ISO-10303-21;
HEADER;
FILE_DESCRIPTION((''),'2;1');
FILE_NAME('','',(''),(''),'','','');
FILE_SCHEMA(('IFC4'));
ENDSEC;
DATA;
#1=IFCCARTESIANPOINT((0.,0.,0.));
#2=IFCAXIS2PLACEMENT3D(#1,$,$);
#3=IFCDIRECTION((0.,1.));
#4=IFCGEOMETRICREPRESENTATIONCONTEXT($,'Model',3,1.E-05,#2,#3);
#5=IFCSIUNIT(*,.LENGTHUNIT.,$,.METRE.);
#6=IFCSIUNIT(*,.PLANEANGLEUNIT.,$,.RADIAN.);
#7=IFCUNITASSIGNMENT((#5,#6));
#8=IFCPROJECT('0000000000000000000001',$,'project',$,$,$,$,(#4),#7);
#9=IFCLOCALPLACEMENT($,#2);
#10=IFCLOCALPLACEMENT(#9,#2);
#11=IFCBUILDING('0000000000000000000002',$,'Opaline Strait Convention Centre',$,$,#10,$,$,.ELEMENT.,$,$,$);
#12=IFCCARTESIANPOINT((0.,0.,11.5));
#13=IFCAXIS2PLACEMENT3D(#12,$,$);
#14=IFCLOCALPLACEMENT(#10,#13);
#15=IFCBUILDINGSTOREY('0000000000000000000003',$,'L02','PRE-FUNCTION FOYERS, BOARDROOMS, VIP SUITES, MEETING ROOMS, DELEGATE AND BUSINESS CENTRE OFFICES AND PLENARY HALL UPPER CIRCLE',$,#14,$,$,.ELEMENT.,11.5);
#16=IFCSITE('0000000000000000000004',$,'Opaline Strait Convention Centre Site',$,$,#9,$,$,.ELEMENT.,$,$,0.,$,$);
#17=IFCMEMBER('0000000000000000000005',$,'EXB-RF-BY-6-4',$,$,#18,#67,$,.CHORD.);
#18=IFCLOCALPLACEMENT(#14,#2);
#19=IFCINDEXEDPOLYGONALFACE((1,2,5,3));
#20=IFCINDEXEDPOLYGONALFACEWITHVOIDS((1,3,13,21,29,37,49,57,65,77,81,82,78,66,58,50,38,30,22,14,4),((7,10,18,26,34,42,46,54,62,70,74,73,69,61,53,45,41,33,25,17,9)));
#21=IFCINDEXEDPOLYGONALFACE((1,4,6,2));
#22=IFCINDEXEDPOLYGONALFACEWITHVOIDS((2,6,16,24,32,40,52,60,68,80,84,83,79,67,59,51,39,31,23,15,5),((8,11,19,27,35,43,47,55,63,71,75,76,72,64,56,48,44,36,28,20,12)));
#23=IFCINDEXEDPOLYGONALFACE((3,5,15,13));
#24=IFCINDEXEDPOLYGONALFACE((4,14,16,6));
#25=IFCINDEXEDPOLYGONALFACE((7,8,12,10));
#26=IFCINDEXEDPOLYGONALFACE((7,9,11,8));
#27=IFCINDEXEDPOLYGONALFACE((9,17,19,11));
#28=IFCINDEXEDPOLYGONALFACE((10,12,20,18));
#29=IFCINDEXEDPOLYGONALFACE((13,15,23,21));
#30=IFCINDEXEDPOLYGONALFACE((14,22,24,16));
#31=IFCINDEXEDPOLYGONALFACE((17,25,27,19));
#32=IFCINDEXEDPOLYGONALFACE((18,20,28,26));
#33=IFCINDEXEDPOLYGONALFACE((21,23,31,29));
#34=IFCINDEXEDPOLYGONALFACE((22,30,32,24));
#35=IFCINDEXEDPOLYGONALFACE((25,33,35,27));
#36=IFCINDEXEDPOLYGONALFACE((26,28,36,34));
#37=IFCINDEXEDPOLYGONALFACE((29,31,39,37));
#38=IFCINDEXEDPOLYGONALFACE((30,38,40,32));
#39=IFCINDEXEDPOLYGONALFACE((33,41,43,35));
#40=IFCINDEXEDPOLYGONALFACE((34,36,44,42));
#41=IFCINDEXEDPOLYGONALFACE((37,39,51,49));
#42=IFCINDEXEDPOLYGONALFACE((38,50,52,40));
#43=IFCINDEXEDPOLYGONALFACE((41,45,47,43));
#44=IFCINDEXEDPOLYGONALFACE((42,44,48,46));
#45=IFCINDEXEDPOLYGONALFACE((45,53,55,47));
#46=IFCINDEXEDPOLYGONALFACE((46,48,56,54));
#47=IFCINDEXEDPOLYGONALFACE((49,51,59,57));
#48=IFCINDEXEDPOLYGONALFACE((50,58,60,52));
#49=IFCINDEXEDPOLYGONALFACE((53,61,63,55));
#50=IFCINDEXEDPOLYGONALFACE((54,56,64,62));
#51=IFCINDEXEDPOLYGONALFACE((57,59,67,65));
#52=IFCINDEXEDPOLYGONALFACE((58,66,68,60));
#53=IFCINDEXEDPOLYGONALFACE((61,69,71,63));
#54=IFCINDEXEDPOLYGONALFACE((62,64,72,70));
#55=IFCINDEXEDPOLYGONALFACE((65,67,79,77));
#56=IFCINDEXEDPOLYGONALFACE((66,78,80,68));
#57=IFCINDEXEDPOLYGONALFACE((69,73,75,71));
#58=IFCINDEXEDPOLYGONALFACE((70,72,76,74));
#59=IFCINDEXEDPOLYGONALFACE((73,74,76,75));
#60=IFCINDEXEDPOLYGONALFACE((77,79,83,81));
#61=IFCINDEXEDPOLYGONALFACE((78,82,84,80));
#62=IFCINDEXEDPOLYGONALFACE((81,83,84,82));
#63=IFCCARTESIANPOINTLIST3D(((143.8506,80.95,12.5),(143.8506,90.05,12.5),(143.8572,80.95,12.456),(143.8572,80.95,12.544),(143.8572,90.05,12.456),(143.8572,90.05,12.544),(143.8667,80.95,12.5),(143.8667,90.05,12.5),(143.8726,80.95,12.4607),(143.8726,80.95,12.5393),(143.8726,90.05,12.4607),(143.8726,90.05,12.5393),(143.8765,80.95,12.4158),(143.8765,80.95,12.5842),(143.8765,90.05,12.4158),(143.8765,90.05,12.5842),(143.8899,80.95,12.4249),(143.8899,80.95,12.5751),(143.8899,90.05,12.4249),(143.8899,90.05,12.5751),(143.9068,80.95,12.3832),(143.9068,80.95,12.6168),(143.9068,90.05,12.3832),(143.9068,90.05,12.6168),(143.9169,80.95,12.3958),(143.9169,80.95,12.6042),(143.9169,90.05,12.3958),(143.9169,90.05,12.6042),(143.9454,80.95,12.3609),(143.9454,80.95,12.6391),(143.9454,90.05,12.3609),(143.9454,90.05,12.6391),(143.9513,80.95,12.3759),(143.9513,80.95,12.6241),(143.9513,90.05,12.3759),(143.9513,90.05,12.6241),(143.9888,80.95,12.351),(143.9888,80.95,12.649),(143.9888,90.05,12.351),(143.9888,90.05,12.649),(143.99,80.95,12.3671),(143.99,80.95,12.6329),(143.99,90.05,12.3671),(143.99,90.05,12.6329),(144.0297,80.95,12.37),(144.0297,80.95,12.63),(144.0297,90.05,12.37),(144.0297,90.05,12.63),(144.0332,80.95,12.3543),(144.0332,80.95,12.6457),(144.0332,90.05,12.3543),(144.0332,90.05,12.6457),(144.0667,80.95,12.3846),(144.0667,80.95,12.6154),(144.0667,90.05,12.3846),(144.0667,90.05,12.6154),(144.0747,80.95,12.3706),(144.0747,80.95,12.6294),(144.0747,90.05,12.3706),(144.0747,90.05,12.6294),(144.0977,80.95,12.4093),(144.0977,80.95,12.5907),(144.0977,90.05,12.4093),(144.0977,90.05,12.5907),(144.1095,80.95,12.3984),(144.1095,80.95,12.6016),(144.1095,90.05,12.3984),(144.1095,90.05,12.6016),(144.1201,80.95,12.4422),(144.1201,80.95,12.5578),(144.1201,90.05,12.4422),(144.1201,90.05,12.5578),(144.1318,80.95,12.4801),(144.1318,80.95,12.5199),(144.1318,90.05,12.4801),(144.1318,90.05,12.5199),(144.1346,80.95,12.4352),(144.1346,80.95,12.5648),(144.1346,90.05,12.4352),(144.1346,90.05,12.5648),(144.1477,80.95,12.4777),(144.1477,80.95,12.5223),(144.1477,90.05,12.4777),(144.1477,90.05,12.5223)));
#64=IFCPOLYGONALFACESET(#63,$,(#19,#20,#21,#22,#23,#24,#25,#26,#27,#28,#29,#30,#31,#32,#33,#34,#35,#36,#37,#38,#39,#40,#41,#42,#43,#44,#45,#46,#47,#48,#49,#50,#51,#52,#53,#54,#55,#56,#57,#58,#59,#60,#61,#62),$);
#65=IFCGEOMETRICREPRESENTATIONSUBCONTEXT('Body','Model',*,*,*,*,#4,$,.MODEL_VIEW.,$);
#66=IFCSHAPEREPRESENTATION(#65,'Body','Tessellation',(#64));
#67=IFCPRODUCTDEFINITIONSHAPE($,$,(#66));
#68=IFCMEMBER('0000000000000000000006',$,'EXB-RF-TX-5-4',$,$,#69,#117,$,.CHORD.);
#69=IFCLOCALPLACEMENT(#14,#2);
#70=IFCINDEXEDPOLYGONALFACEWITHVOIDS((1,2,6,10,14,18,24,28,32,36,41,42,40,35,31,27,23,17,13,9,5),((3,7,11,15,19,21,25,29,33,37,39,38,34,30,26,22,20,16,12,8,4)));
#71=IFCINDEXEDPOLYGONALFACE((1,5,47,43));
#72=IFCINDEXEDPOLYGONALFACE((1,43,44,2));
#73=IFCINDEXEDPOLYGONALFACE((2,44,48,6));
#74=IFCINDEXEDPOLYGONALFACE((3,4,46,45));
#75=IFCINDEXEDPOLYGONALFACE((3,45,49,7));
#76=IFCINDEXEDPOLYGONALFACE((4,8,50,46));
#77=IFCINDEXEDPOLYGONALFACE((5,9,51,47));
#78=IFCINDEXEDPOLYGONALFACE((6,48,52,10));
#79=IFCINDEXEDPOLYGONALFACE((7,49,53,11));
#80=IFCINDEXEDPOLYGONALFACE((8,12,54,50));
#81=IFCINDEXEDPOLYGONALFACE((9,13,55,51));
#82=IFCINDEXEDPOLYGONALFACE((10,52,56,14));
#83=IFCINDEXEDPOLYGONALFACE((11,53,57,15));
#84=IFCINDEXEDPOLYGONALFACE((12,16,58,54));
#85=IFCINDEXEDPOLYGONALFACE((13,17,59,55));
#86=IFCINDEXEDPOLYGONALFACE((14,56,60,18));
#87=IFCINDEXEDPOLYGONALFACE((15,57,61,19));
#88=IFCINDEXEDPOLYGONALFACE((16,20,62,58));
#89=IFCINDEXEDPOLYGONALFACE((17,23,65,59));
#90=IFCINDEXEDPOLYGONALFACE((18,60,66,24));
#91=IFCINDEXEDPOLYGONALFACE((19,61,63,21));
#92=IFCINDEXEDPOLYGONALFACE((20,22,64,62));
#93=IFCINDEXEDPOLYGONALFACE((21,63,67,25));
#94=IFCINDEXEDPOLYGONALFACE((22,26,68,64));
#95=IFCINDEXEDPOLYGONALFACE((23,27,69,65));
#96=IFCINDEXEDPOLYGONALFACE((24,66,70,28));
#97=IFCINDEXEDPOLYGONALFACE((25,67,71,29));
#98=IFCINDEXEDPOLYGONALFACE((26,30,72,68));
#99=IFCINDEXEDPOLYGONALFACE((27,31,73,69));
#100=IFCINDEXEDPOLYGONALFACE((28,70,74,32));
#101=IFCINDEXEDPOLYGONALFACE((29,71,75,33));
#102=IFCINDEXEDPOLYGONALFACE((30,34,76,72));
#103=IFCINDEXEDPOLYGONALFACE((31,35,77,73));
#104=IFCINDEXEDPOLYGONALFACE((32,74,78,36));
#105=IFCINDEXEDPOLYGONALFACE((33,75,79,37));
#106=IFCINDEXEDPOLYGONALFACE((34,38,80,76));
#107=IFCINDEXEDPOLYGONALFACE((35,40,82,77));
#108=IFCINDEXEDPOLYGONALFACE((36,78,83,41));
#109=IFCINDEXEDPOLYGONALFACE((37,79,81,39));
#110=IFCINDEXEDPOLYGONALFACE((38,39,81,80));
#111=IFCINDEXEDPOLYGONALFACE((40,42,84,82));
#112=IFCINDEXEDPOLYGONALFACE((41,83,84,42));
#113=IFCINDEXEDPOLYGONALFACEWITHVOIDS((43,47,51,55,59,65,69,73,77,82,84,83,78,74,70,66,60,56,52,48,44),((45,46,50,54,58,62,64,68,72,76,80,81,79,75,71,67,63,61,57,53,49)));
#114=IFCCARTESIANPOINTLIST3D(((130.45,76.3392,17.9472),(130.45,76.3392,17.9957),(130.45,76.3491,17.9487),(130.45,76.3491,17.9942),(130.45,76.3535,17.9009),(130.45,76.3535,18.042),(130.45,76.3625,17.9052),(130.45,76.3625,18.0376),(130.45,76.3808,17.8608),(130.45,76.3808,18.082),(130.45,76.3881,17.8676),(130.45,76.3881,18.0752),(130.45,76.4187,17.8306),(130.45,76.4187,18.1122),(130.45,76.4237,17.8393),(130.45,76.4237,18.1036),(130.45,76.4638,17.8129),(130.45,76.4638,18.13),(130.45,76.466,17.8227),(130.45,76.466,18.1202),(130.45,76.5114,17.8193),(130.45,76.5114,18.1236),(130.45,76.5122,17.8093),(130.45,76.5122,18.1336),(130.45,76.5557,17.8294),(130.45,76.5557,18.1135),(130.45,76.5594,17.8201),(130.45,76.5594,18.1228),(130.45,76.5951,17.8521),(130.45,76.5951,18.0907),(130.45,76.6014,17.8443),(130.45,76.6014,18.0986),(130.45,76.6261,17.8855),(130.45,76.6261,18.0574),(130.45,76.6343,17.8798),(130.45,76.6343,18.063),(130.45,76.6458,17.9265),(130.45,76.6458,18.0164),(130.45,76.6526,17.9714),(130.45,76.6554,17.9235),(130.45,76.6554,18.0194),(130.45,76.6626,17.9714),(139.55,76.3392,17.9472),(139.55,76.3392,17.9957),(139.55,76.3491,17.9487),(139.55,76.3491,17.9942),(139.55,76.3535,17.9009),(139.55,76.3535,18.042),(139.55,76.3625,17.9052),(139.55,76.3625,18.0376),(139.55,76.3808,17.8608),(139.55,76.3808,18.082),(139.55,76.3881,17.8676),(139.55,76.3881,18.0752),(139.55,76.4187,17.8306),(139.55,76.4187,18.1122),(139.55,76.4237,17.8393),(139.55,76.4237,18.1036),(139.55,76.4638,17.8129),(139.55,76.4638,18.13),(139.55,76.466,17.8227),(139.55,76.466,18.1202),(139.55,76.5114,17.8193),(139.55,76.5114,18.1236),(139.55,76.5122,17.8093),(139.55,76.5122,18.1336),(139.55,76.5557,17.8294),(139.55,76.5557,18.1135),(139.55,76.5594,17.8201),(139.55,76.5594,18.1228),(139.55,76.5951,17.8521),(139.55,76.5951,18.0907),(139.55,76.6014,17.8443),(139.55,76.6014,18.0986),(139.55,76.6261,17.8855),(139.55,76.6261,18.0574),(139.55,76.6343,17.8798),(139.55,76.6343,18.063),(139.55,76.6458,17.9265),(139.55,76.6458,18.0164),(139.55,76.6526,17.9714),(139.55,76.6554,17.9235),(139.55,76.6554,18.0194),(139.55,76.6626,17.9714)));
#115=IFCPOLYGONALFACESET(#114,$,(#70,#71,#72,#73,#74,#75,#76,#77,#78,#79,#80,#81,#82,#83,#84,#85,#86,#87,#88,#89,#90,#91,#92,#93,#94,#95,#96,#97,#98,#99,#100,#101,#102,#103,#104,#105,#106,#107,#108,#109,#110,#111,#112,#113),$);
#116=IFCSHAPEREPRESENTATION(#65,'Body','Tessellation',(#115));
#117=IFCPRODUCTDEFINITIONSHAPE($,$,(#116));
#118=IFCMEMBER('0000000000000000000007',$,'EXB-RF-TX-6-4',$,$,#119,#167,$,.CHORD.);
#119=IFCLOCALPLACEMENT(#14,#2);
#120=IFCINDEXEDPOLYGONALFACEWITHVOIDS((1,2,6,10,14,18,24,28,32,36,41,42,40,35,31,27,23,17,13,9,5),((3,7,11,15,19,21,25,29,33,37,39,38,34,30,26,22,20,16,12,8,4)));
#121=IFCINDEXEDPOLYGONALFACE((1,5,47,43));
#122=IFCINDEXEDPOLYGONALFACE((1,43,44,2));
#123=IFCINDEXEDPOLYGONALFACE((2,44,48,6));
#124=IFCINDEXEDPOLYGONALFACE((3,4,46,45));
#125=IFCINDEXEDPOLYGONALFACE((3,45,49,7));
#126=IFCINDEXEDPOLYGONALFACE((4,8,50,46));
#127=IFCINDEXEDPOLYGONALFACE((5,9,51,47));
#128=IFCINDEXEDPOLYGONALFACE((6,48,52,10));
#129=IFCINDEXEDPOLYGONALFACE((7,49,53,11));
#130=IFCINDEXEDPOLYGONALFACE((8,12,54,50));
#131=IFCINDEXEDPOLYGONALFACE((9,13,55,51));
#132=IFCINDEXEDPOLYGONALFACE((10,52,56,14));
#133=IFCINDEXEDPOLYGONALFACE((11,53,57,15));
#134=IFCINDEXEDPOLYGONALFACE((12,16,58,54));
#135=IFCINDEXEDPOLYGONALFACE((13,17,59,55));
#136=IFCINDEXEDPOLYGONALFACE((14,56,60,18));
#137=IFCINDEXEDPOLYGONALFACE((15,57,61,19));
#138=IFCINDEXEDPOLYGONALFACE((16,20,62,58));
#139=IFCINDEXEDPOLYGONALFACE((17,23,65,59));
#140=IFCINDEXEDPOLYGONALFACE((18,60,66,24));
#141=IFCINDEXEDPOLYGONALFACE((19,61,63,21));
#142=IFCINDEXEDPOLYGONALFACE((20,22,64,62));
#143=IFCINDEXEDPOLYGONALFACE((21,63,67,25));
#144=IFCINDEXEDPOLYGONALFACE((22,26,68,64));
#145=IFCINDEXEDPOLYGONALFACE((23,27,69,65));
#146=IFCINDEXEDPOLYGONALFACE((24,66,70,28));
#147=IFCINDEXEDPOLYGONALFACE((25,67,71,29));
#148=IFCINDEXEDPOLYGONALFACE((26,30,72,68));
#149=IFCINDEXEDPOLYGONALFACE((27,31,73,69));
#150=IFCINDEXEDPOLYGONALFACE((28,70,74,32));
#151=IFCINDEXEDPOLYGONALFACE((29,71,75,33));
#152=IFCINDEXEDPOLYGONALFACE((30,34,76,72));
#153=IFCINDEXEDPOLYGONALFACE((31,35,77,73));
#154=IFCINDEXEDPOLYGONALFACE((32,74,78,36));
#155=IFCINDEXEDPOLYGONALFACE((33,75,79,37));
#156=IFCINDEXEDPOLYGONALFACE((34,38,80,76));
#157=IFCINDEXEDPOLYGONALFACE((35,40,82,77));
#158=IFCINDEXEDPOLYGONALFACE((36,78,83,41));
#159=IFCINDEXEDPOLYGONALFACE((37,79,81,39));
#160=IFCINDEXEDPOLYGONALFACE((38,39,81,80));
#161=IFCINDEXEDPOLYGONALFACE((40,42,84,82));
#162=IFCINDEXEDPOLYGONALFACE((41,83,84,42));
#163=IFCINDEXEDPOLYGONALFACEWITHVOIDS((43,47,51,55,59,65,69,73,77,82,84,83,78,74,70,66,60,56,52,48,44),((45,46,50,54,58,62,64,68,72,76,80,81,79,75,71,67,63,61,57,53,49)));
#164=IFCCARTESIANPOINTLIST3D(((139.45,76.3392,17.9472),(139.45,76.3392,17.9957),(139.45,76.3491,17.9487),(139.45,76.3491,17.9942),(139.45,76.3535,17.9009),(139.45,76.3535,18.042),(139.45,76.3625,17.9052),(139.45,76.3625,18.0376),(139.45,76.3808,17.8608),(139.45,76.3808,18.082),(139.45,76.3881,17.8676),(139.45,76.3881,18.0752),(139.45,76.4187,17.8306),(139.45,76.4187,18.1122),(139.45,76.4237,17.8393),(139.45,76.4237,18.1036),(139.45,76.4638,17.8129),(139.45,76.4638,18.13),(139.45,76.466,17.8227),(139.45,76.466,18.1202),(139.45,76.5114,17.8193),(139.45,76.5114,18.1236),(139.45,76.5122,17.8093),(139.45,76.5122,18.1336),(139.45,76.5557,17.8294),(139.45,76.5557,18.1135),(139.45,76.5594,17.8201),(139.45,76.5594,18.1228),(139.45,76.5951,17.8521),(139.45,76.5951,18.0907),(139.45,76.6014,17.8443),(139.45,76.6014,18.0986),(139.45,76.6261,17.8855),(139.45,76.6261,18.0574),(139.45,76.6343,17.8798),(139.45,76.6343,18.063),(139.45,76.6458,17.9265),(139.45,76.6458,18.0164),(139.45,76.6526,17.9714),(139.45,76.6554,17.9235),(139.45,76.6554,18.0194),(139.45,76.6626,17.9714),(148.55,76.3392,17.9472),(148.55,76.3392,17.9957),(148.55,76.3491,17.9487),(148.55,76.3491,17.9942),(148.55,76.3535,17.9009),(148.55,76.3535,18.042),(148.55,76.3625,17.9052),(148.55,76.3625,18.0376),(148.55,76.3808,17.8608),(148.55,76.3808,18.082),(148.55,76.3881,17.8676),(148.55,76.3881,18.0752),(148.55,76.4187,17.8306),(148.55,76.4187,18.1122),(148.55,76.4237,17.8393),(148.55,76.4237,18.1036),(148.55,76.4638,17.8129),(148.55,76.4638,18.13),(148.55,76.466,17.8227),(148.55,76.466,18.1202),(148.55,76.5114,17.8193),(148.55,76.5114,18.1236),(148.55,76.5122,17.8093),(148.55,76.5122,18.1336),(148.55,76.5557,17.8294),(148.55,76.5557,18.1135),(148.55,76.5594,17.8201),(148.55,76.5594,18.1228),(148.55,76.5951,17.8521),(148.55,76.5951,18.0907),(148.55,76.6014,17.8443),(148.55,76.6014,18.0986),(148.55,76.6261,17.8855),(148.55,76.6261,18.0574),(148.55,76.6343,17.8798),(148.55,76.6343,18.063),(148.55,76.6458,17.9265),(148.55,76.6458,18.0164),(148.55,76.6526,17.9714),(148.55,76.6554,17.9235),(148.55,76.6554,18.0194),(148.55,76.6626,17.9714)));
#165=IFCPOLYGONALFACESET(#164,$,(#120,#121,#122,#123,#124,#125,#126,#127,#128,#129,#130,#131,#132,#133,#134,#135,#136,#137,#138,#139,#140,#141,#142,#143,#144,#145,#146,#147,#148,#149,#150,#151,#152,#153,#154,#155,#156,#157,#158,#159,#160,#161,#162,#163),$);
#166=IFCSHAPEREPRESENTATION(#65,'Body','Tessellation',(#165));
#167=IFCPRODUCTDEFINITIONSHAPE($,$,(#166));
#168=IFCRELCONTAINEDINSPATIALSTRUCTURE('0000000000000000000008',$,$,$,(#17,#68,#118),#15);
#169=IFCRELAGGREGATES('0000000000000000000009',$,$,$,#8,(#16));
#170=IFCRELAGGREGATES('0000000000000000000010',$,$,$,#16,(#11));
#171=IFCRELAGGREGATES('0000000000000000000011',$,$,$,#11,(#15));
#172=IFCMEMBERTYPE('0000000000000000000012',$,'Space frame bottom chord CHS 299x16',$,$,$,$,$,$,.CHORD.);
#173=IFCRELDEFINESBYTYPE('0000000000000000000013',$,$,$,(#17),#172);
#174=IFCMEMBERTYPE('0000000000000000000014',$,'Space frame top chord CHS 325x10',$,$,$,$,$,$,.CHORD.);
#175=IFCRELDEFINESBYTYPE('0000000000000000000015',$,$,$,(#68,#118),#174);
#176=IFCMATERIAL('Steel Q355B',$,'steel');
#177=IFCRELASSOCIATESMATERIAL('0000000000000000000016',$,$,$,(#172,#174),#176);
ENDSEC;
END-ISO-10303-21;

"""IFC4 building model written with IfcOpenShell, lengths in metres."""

from ifc_helpers import new_model, si_unit, direction, frame, origin, origin_2d, place, context, subcontext, project, spatial, hollow_circle, extrude, material, material_profile, profile_set, type_object, element, save


model = new_model("IFC4")

# Units and contexts
model_context = context("Model", 3, precision=1e-05, world=origin(), true_north=direction((0.0, 1.0)))
body_context = subcontext(model_context, "Body", "Model", "MODEL_VIEW")
ifc_project = project(units=[si_unit("LENGTHUNIT", "METRE"), si_unit("PLANEANGLEUNIT", "RADIAN")], contexts=[model_context])

# Site, building, storey
site_placement = place(None, origin())
site = spatial("IfcSite", under=ifc_project, at=site_placement, Name="Opaline Strait Convention Centre Site", CompositionType="ELEMENT", RefElevation=0.0)
building_placement = place(site_placement, origin())
building = spatial("IfcBuilding", under=site, at=building_placement, Name="Opaline Strait Convention Centre", CompositionType="ELEMENT")
storey_placement = place(building_placement, frame((0.0, 0.0, 11.5)))
storey = spatial("IfcBuildingStorey", under=building, at=storey_placement, Name="L02", Description="PRE-FUNCTION FOYERS, BOARDROOMS, VIP SUITES, MEETING ROOMS, DELEGATE AND BUSINESS CENTRE OFFICES AND PLENARY HALL UPPER CIRCLE", CompositionType="ELEMENT", Elevation=11.5)

# Members
ifc_material_1 = material(Name="Steel Q355B", Category="steel")
ifc_material_profile_1 = material_profile(ifc_material_1, hollow_circle(Radius=0.1494, WallThickness=0.0161, at=origin_2d()), Name="CHS 299x16")
ifc_profile_set_1 = profile_set([ifc_material_profile_1], Name="Steel Q355B")
member_type_1 = type_object("IfcMemberType", Name="Space frame bottom chord CHS 299x16", PredefinedType="CHORD", material=ifc_profile_set_1)
for number, where, z_axis, x_axis, name in (
    (1, (144.0, 80.95, 12.5), (0.0, 1.0, 0.0), (-1.0, 0.0, 0.0), "EXB-RF-BY-6-4"),
):
    element("IfcMember", number, at=place(storey_placement, frame(where, z_axis=z_axis, x_axis=x_axis)), inside=storey, type_object=member_type_1, Name=name, PredefinedType="CHORD", context=body_context, shape_type="SweptSolid", body=[
        extrude(hollow_circle(Radius=0.1494, WallThickness=0.0161, at=origin_2d()), origin(), (0.0, 0.0, 1.0), 9.1001),
    ])
ifc_material_profile_2 = material_profile(ifc_material_1, hollow_circle(Radius=0.1626, WallThickness=0.01, at=origin_2d()), Name="CHS 325x10")
ifc_profile_set_2 = profile_set([ifc_material_profile_2], Name="Steel Q355B")
member_type_2 = type_object("IfcMemberType", Name="Space frame top chord CHS 325x10", PredefinedType="CHORD", material=ifc_profile_set_2)
for number, where, z_axis, x_axis, name in (
    (2, (130.45, 76.5, 17.9714), (1.0, 0.0, 0.0), (0.0, 1.0, 0.0), "EXB-RF-TX-5-4"),
    (3, (139.45, 76.5, 17.9714), (1.0, 0.0, 0.0), (0.0, 1.0, 0.0), "EXB-RF-TX-6-4"),
):
    element("IfcMember", number, at=place(storey_placement, frame(where, z_axis=z_axis, x_axis=x_axis)), inside=storey, type_object=member_type_2, Name=name, PredefinedType="CHORD", context=body_context, shape_type="SweptSolid", body=[
        extrude(hollow_circle(Radius=0.1626, WallThickness=0.01, at=origin_2d()), origin(), (0.0, 0.0, 1.0), 9.1001),
    ])

save(model, "model.ifc")
